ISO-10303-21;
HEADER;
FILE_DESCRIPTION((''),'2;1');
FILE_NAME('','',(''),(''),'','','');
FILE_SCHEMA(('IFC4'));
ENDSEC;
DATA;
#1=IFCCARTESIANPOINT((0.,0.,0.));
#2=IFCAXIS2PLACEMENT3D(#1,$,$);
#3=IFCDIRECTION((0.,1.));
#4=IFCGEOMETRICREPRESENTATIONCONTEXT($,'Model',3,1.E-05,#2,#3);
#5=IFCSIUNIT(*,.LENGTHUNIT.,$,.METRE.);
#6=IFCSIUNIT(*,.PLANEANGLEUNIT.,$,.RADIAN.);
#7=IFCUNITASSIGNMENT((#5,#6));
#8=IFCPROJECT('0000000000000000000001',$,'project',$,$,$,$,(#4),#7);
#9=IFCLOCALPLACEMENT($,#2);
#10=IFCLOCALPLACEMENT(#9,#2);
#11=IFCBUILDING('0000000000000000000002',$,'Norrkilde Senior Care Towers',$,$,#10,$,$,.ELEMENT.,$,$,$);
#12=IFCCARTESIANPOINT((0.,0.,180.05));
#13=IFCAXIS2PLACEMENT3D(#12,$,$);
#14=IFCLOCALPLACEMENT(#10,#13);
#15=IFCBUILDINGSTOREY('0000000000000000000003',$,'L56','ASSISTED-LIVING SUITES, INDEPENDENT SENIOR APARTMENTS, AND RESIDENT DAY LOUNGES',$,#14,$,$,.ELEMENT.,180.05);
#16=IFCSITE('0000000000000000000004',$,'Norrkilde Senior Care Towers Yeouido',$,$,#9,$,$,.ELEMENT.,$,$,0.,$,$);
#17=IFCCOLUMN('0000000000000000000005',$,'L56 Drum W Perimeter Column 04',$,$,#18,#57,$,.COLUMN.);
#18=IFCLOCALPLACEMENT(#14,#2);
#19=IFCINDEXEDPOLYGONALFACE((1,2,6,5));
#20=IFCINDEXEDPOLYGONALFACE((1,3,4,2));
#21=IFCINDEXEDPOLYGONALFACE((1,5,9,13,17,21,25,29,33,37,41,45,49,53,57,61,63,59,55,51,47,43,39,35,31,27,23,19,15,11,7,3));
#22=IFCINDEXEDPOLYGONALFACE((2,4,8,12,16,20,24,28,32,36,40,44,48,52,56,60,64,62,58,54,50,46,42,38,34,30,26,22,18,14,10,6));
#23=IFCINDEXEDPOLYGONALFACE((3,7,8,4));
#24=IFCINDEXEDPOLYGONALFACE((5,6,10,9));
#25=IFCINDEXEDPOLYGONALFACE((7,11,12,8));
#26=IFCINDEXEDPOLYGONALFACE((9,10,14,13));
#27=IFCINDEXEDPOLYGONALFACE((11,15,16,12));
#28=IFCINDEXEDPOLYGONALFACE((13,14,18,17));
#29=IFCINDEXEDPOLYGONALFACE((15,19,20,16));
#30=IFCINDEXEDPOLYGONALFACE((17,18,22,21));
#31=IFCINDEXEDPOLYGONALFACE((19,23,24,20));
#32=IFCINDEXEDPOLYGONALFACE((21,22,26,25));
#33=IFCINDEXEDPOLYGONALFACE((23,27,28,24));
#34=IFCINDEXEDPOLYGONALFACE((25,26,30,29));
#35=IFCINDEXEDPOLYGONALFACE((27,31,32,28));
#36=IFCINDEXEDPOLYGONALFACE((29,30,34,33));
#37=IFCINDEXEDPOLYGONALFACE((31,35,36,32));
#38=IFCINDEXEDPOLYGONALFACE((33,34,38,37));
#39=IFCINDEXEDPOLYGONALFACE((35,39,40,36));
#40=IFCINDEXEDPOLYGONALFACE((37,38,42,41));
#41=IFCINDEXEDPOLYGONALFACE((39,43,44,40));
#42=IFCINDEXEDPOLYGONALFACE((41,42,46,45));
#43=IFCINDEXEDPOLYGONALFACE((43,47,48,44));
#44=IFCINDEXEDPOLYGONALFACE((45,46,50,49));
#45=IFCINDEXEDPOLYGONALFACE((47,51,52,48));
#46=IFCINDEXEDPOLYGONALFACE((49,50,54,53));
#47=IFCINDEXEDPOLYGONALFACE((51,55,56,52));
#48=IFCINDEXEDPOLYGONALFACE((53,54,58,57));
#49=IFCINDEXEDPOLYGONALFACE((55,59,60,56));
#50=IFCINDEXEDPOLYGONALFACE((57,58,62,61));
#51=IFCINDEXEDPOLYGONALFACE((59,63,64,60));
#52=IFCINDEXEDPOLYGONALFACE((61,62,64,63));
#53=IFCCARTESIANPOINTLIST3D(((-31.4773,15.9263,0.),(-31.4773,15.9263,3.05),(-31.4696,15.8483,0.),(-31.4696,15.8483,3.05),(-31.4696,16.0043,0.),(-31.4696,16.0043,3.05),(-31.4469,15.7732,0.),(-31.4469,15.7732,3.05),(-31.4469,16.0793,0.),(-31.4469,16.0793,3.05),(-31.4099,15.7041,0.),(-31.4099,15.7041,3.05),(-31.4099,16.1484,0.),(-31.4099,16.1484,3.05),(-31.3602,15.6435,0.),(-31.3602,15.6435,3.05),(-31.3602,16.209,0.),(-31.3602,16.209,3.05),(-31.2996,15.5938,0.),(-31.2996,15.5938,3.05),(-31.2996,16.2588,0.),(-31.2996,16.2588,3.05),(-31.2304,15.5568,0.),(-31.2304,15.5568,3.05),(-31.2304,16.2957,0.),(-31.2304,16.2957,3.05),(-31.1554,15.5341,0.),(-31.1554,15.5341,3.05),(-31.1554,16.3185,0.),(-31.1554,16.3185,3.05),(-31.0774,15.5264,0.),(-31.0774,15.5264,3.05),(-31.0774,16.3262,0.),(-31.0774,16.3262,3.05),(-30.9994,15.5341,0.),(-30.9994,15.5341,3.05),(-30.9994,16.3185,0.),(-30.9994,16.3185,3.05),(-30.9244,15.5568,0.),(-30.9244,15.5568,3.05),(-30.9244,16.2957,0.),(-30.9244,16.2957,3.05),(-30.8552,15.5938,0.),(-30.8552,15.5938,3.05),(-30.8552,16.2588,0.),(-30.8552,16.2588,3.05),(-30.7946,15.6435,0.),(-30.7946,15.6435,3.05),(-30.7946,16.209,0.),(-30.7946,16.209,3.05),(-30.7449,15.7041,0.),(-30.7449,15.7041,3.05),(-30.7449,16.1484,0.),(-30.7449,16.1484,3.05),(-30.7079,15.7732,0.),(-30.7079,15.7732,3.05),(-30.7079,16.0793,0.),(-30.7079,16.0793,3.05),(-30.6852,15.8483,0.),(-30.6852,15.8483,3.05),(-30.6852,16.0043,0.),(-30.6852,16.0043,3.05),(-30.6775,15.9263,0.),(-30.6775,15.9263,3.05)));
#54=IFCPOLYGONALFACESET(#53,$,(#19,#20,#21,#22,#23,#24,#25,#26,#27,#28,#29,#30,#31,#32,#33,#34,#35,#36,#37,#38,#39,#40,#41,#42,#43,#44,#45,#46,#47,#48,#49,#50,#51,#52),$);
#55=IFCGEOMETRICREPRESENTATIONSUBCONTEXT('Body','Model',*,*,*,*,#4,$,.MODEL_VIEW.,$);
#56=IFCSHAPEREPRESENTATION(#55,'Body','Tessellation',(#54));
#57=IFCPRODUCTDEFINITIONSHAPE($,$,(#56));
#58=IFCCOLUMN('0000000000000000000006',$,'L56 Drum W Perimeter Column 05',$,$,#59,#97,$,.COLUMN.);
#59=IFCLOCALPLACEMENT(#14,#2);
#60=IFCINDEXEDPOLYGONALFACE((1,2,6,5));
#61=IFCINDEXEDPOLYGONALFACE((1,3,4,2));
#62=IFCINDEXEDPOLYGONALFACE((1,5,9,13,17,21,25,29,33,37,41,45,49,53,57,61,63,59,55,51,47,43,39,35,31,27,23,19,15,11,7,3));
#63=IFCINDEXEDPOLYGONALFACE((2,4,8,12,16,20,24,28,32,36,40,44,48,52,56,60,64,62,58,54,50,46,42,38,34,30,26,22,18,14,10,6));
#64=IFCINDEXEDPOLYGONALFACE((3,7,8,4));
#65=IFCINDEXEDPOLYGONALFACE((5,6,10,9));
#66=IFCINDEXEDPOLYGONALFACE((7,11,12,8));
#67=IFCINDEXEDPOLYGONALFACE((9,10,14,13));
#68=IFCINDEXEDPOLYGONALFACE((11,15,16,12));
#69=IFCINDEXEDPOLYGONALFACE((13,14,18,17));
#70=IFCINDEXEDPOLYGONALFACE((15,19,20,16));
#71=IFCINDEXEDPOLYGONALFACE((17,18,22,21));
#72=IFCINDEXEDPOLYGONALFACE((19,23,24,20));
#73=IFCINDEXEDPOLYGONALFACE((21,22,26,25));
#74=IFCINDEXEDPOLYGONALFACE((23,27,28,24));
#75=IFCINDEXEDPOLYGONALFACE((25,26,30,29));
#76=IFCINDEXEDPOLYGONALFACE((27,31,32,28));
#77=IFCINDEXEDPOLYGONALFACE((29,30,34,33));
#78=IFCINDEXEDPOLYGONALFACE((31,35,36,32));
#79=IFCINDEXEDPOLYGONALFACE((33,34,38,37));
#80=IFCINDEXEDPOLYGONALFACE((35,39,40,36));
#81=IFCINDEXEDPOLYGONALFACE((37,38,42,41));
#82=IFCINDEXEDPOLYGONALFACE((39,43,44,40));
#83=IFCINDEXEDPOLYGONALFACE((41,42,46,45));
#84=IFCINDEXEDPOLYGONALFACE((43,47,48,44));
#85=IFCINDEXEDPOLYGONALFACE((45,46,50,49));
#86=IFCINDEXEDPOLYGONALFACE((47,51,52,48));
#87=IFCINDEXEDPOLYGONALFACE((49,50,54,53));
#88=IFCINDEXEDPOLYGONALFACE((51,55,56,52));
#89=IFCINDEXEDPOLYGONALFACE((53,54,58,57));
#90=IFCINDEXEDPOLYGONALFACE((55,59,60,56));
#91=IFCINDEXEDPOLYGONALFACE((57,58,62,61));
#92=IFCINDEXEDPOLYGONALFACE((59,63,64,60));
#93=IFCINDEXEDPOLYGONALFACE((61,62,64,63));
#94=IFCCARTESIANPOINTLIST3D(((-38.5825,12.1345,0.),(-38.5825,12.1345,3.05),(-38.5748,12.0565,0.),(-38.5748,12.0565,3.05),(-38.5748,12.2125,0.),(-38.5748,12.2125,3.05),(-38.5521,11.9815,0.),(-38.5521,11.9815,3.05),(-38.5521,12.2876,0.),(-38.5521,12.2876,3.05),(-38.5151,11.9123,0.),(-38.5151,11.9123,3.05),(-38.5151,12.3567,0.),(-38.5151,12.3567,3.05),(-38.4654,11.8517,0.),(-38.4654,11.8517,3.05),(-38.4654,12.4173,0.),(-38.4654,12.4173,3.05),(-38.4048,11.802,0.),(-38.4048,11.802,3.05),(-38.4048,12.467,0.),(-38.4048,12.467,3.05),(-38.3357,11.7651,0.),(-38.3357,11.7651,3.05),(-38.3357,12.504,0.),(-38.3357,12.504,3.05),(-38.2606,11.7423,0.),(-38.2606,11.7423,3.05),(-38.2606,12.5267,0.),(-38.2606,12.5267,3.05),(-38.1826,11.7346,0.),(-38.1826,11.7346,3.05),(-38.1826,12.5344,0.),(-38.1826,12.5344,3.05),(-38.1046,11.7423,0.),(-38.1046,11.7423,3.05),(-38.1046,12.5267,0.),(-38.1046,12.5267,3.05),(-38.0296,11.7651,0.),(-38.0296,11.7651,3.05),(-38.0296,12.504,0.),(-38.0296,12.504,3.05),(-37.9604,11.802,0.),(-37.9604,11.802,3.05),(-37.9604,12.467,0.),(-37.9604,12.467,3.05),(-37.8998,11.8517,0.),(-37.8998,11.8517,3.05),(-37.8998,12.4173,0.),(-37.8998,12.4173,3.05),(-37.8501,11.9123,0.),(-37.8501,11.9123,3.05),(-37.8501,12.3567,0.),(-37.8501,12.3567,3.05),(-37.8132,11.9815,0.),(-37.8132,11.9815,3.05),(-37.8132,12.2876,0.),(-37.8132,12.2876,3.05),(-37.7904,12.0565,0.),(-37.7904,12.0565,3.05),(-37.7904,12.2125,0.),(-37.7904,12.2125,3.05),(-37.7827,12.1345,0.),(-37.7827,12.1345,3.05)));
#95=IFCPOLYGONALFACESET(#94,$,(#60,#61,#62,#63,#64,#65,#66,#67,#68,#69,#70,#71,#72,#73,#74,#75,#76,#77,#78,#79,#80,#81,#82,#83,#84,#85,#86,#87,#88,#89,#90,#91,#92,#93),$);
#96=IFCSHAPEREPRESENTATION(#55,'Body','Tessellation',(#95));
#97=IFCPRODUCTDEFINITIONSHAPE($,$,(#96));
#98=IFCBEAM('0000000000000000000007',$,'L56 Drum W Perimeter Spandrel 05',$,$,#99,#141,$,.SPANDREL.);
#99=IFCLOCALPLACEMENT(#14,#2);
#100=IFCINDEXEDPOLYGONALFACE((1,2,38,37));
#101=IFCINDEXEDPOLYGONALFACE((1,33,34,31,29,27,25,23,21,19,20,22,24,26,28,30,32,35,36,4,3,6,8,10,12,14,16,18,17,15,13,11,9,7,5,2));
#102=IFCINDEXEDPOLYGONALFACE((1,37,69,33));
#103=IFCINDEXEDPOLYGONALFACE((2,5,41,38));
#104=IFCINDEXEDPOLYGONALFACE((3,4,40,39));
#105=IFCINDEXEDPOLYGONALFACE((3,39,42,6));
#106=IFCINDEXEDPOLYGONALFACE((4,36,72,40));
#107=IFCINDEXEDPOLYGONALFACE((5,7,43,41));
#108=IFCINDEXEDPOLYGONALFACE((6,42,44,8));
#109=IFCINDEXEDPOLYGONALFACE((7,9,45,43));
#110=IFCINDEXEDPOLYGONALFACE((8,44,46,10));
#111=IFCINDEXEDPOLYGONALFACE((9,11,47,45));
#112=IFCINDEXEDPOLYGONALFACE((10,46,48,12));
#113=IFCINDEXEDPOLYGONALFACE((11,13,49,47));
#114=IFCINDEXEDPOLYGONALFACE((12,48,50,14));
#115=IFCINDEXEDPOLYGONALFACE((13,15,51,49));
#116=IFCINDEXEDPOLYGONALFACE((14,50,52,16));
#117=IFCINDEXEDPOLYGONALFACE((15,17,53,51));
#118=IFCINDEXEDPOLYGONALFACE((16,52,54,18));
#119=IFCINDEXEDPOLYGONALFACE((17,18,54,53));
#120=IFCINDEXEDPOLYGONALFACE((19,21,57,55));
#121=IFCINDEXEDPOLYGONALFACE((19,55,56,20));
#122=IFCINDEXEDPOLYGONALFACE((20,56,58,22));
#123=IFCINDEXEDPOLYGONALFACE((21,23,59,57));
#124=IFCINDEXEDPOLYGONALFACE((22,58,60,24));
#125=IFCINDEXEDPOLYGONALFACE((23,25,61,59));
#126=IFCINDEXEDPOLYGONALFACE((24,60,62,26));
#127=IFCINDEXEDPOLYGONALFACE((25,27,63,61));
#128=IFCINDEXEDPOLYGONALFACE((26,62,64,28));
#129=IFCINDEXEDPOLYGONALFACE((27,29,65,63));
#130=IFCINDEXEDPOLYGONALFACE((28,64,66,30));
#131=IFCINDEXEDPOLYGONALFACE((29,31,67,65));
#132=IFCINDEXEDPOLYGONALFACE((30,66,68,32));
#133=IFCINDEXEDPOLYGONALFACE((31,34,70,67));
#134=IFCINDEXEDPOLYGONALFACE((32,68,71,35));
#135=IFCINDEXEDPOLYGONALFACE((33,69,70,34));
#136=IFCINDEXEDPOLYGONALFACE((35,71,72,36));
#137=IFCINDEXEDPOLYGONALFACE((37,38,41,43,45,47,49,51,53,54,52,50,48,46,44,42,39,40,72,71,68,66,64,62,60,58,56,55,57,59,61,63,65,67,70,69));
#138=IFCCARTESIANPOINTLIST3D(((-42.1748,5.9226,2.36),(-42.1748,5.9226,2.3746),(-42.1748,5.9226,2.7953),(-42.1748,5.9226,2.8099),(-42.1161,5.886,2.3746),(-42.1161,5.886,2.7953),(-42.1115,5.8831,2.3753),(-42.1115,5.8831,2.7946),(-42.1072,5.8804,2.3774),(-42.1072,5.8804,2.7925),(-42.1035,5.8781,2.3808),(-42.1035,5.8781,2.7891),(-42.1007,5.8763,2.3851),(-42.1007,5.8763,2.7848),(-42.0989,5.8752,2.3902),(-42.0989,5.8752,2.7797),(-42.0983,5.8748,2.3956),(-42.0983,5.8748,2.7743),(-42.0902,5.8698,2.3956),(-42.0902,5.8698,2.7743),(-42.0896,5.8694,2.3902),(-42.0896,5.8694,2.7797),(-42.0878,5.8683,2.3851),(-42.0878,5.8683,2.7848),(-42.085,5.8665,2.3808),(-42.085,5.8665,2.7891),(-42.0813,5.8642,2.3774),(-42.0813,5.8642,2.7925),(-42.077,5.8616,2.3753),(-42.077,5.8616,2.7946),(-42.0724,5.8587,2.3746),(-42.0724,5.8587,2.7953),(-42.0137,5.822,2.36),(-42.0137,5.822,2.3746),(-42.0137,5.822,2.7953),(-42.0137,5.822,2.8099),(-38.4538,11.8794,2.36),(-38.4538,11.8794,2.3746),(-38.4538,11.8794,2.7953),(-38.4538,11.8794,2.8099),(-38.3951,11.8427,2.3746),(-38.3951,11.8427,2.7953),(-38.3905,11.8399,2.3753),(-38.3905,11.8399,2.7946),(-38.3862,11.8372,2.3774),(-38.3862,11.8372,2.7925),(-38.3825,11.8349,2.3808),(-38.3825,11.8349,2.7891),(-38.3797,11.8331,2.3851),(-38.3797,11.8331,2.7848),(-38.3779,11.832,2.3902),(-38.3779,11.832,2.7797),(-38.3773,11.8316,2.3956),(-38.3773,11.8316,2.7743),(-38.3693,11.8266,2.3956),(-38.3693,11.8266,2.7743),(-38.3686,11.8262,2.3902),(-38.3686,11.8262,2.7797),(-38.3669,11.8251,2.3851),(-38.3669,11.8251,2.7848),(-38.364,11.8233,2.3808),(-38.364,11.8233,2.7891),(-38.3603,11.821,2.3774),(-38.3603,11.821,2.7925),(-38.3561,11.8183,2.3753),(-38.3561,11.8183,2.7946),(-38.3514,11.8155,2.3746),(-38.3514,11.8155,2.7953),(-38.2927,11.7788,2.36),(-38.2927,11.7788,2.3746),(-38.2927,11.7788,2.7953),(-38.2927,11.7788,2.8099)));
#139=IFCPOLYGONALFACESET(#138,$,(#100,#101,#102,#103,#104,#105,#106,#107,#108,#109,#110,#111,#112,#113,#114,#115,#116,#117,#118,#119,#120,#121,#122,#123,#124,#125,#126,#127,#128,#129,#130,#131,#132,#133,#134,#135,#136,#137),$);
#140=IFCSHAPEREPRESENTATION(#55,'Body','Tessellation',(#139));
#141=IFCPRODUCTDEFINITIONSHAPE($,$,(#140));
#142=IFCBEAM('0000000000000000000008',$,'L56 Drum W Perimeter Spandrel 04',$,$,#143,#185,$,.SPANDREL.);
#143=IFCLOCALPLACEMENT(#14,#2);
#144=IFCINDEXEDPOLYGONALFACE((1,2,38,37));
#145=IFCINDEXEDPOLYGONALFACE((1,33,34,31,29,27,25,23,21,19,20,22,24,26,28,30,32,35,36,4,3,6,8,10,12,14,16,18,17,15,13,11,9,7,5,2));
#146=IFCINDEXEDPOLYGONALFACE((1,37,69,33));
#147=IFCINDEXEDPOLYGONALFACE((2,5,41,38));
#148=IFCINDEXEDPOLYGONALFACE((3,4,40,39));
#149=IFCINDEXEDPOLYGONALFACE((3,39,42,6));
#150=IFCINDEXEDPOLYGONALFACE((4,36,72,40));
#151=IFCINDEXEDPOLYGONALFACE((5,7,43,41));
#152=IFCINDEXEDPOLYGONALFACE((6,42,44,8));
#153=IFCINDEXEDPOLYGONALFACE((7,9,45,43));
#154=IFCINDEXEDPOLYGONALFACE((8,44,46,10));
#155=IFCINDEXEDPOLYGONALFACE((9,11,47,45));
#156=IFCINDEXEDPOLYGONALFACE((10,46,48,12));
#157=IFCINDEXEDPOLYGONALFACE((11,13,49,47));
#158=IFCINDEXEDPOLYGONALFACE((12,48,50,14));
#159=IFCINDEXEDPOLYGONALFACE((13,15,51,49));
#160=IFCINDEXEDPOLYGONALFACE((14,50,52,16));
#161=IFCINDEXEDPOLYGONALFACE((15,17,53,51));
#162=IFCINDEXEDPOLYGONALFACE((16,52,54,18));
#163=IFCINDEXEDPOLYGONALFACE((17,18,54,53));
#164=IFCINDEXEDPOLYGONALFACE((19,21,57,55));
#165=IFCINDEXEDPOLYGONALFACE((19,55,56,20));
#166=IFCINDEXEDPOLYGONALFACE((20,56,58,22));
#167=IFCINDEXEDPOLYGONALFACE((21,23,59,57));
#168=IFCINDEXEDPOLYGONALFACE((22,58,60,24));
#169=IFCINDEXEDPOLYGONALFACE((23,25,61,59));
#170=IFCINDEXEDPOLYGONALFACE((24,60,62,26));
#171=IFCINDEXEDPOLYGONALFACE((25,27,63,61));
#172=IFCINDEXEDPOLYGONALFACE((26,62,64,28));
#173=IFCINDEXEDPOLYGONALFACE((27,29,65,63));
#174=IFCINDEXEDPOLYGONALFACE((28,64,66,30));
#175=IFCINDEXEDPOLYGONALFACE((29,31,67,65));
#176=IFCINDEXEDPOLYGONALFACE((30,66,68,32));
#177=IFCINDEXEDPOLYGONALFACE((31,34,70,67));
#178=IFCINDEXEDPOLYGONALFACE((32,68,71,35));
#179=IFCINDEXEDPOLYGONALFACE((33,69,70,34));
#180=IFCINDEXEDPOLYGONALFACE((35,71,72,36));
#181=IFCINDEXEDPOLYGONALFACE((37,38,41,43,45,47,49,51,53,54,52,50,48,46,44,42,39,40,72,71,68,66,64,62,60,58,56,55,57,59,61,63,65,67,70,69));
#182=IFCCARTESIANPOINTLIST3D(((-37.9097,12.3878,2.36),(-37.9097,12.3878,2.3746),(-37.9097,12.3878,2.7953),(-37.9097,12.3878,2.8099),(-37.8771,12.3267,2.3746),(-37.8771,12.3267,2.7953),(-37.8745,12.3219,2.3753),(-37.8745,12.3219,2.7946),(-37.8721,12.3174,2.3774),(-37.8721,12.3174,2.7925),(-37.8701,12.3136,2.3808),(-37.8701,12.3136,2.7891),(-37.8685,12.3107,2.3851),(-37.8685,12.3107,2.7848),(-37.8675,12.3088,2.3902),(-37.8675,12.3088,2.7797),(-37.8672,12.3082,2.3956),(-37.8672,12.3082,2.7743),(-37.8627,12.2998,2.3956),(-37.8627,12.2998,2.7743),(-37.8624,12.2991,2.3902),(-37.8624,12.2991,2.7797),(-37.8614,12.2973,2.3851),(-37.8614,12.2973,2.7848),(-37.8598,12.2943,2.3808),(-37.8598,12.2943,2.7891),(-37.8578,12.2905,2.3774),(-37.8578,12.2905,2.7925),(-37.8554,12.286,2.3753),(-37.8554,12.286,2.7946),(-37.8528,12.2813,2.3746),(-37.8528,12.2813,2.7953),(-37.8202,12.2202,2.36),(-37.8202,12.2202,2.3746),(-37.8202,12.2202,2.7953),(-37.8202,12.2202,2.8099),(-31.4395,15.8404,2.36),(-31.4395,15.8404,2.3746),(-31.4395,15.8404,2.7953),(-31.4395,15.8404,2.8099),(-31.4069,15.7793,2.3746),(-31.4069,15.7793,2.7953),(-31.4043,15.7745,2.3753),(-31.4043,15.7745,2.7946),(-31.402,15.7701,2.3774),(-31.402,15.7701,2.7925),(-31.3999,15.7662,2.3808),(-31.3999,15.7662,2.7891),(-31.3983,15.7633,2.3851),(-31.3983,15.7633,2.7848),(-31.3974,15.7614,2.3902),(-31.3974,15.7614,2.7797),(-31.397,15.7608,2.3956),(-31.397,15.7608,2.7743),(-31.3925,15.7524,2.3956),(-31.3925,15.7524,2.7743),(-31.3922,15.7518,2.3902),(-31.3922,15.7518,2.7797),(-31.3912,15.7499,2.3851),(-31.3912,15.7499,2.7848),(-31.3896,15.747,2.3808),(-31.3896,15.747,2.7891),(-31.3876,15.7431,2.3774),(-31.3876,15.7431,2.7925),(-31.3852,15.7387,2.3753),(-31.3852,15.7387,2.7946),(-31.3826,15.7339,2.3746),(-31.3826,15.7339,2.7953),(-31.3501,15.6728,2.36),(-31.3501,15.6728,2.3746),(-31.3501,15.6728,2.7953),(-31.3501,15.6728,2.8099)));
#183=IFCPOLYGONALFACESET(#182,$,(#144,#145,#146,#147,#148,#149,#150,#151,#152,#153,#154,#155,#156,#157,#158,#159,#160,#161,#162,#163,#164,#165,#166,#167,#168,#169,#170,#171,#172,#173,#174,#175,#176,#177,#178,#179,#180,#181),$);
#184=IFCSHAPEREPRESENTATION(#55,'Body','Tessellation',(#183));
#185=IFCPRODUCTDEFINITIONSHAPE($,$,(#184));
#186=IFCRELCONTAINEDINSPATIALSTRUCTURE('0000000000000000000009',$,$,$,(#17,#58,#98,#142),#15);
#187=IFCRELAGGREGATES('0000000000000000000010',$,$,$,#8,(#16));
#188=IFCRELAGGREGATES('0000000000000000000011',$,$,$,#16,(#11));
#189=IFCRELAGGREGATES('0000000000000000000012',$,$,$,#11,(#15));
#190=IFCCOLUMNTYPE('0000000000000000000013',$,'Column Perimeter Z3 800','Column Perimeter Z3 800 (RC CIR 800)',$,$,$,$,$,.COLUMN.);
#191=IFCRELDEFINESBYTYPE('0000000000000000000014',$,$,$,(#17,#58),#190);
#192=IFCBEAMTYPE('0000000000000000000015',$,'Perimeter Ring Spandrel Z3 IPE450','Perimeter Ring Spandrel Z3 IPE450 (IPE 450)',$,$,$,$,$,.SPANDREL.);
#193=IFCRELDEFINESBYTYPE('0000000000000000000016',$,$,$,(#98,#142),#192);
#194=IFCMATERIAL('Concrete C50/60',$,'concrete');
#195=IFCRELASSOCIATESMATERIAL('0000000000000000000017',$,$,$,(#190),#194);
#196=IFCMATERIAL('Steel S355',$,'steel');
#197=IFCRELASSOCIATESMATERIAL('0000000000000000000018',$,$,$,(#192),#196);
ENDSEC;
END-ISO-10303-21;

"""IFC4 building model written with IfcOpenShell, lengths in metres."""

from ifc_helpers import new_model, si_unit, direction, frame, origin, origin_2d, place, context, subcontext, project, spatial, circle, i_section, extrude, source, transform, mapped, material, material_profile, profile_set, type_object, type_shapes, element, save


model = new_model("IFC4")

# Units and contexts
model_context = context("Model", 3, precision=1e-05, world=origin(), true_north=direction((0.0, 1.0)))
body_context = subcontext(model_context, "Body", "Model", "MODEL_VIEW")
ifc_project = project(units=[si_unit("LENGTHUNIT", "METRE"), si_unit("PLANEANGLEUNIT", "RADIAN")], contexts=[model_context])

# Site, building, storey
site_placement = place(None, origin())
site = spatial("IfcSite", under=ifc_project, at=site_placement, Name="Norrkilde Senior Care Towers Yeouido", CompositionType="ELEMENT", RefElevation=0.0)
building_placement = place(site_placement, origin())
building = spatial("IfcBuilding", under=site, at=building_placement, Name="Norrkilde Senior Care Towers", CompositionType="ELEMENT")
storey_placement = place(building_placement, frame((0.0, 0.0, 180.05)))
storey = spatial("IfcBuildingStorey", under=building, at=storey_placement, Name="L56", Description="ASSISTED-LIVING SUITES, INDEPENDENT SENIOR APARTMENTS, AND RESIDENT DAY LOUNGES", CompositionType="ELEMENT", Elevation=180.05)

# Columns
ifc_material_1 = material(Name="Concrete C50/60", Category="concrete")
ifc_material_profile_1 = material_profile(ifc_material_1, circle(Radius=0.3999, at=origin_2d()), Name="RC CIR 800")
ifc_profile_set_1 = profile_set([ifc_material_profile_1], Name="Concrete C50/60")
column_type = type_object("IfcColumnType", Name="Column Perimeter Z3 800", Description="Column Perimeter Z3 800 (RC CIR 800)", PredefinedType="COLUMN", material=ifc_profile_set_1)
shared_shape_1 = source(origin(), body_context, "Body", "SweptSolid", [
    extrude(circle(Radius=0.3999, at=origin_2d()), origin(), (0.0, 0.0, 1.0), 3.05),
])
type_shapes(column_type, [shared_shape_1])
for number, where, z_axis, x_axis, name in (
    (1, (-31.0774, 15.9263, 0.0), (0.0, 0.0, 1.0), (1.0, 0.0, 0.0), "L56 Drum W Perimeter Column 04"),
    (2, (-38.1826, 12.1345, 0.0), (0.0, 0.0, 1.0), (1.0, 0.0, 0.0), "L56 Drum W Perimeter Column 05"),
):
    element("IfcColumn", number, at=place(storey_placement, frame(where, z_axis=z_axis, x_axis=x_axis)), inside=storey, type_object=column_type, Name=name, PredefinedType="COLUMN", context=body_context, shape_type="MappedRepresentation", body=[
        mapped(shared_shape_1, transform((0.0, 0.0, 0.0), x_axis=(1.0, 0.0, 0.0), y_axis=(0.0, 1.0, 0.0), z_axis=(0.0, 0.0, 1.0), scale=1.0)),
    ])

# Beams
ifc_material_2 = material(Name="Steel S355", Category="steel")
ifc_material_profile_2 = material_profile(ifc_material_2, i_section(OverallWidth=0.1899, OverallDepth=0.45, WebThickness=0.0095, FlangeThickness=0.0146, FilletRadius=0.021, at=origin_2d()), Name="IPE 450")
ifc_profile_set_2 = profile_set([ifc_material_profile_2], Name="Steel S355")
beam_type_1 = type_object("IfcBeamType", Name="Perimeter Ring Spandrel Z3 IPE450", Description="Perimeter Ring Spandrel Z3 IPE450 (IPE 450)", PredefinedType="SPANDREL", material=ifc_profile_set_2)
shared_shape_2 = source(origin(), body_context, "Body", "SweptSolid", [
    extrude(i_section(OverallWidth=0.1899, OverallDepth=0.45, WebThickness=0.0095, FlangeThickness=0.0146, FilletRadius=0.021, at=origin_2d()), origin(), (0.0, 0.0, 1.0), 7.0234),
])
beam_1_placement = place(storey_placement, frame((-38.3733, 11.8291, 2.585), z_axis=(-0.52979, -0.848129, 0.0), x_axis=(0.848129, -0.52979, 0.0)))
element("IfcBeam", 3, at=beam_1_placement, inside=storey, type_object=beam_type_1, Name="L56 Drum W Perimeter Spandrel 05", PredefinedType="SPANDREL", context=body_context, shape_type="MappedRepresentation", body=[
    mapped(shared_shape_2, transform((0.0, 0.0, 0.0), x_axis=(1.0, 0.0, 0.0), y_axis=(0.0, 1.0, 0.0), z_axis=(0.0, 0.0, 1.0), scale=1.0)),
])
shared_shape_3 = source(origin(), body_context, "Body", "SweptSolid", [
    extrude(i_section(OverallWidth=0.1899, OverallDepth=0.45, WebThickness=0.0095, FlangeThickness=0.0146, FilletRadius=0.021, at=origin_2d()), origin(), (0.0, 0.0, 1.0), 7.3337),
])
type_shapes(beam_type_1, [shared_shape_2, shared_shape_3])
beam_2_placement = place(storey_placement, frame((-31.3948, 15.7566, 2.585), z_axis=(-0.882248, -0.470785, 0.0), x_axis=(0.470785, -0.882248, 0.0)))
element("IfcBeam", 4, at=beam_2_placement, inside=storey, type_object=beam_type_1, Name="L56 Drum W Perimeter Spandrel 04", PredefinedType="SPANDREL", context=body_context, shape_type="MappedRepresentation", body=[
    mapped(shared_shape_3, transform((0.0, 0.0, 0.0), x_axis=(1.0, 0.0, 0.0), y_axis=(0.0, 1.0, 0.0), z_axis=(0.0, 0.0, 1.0), scale=1.0)),
])

save(model, "model.ifc")
